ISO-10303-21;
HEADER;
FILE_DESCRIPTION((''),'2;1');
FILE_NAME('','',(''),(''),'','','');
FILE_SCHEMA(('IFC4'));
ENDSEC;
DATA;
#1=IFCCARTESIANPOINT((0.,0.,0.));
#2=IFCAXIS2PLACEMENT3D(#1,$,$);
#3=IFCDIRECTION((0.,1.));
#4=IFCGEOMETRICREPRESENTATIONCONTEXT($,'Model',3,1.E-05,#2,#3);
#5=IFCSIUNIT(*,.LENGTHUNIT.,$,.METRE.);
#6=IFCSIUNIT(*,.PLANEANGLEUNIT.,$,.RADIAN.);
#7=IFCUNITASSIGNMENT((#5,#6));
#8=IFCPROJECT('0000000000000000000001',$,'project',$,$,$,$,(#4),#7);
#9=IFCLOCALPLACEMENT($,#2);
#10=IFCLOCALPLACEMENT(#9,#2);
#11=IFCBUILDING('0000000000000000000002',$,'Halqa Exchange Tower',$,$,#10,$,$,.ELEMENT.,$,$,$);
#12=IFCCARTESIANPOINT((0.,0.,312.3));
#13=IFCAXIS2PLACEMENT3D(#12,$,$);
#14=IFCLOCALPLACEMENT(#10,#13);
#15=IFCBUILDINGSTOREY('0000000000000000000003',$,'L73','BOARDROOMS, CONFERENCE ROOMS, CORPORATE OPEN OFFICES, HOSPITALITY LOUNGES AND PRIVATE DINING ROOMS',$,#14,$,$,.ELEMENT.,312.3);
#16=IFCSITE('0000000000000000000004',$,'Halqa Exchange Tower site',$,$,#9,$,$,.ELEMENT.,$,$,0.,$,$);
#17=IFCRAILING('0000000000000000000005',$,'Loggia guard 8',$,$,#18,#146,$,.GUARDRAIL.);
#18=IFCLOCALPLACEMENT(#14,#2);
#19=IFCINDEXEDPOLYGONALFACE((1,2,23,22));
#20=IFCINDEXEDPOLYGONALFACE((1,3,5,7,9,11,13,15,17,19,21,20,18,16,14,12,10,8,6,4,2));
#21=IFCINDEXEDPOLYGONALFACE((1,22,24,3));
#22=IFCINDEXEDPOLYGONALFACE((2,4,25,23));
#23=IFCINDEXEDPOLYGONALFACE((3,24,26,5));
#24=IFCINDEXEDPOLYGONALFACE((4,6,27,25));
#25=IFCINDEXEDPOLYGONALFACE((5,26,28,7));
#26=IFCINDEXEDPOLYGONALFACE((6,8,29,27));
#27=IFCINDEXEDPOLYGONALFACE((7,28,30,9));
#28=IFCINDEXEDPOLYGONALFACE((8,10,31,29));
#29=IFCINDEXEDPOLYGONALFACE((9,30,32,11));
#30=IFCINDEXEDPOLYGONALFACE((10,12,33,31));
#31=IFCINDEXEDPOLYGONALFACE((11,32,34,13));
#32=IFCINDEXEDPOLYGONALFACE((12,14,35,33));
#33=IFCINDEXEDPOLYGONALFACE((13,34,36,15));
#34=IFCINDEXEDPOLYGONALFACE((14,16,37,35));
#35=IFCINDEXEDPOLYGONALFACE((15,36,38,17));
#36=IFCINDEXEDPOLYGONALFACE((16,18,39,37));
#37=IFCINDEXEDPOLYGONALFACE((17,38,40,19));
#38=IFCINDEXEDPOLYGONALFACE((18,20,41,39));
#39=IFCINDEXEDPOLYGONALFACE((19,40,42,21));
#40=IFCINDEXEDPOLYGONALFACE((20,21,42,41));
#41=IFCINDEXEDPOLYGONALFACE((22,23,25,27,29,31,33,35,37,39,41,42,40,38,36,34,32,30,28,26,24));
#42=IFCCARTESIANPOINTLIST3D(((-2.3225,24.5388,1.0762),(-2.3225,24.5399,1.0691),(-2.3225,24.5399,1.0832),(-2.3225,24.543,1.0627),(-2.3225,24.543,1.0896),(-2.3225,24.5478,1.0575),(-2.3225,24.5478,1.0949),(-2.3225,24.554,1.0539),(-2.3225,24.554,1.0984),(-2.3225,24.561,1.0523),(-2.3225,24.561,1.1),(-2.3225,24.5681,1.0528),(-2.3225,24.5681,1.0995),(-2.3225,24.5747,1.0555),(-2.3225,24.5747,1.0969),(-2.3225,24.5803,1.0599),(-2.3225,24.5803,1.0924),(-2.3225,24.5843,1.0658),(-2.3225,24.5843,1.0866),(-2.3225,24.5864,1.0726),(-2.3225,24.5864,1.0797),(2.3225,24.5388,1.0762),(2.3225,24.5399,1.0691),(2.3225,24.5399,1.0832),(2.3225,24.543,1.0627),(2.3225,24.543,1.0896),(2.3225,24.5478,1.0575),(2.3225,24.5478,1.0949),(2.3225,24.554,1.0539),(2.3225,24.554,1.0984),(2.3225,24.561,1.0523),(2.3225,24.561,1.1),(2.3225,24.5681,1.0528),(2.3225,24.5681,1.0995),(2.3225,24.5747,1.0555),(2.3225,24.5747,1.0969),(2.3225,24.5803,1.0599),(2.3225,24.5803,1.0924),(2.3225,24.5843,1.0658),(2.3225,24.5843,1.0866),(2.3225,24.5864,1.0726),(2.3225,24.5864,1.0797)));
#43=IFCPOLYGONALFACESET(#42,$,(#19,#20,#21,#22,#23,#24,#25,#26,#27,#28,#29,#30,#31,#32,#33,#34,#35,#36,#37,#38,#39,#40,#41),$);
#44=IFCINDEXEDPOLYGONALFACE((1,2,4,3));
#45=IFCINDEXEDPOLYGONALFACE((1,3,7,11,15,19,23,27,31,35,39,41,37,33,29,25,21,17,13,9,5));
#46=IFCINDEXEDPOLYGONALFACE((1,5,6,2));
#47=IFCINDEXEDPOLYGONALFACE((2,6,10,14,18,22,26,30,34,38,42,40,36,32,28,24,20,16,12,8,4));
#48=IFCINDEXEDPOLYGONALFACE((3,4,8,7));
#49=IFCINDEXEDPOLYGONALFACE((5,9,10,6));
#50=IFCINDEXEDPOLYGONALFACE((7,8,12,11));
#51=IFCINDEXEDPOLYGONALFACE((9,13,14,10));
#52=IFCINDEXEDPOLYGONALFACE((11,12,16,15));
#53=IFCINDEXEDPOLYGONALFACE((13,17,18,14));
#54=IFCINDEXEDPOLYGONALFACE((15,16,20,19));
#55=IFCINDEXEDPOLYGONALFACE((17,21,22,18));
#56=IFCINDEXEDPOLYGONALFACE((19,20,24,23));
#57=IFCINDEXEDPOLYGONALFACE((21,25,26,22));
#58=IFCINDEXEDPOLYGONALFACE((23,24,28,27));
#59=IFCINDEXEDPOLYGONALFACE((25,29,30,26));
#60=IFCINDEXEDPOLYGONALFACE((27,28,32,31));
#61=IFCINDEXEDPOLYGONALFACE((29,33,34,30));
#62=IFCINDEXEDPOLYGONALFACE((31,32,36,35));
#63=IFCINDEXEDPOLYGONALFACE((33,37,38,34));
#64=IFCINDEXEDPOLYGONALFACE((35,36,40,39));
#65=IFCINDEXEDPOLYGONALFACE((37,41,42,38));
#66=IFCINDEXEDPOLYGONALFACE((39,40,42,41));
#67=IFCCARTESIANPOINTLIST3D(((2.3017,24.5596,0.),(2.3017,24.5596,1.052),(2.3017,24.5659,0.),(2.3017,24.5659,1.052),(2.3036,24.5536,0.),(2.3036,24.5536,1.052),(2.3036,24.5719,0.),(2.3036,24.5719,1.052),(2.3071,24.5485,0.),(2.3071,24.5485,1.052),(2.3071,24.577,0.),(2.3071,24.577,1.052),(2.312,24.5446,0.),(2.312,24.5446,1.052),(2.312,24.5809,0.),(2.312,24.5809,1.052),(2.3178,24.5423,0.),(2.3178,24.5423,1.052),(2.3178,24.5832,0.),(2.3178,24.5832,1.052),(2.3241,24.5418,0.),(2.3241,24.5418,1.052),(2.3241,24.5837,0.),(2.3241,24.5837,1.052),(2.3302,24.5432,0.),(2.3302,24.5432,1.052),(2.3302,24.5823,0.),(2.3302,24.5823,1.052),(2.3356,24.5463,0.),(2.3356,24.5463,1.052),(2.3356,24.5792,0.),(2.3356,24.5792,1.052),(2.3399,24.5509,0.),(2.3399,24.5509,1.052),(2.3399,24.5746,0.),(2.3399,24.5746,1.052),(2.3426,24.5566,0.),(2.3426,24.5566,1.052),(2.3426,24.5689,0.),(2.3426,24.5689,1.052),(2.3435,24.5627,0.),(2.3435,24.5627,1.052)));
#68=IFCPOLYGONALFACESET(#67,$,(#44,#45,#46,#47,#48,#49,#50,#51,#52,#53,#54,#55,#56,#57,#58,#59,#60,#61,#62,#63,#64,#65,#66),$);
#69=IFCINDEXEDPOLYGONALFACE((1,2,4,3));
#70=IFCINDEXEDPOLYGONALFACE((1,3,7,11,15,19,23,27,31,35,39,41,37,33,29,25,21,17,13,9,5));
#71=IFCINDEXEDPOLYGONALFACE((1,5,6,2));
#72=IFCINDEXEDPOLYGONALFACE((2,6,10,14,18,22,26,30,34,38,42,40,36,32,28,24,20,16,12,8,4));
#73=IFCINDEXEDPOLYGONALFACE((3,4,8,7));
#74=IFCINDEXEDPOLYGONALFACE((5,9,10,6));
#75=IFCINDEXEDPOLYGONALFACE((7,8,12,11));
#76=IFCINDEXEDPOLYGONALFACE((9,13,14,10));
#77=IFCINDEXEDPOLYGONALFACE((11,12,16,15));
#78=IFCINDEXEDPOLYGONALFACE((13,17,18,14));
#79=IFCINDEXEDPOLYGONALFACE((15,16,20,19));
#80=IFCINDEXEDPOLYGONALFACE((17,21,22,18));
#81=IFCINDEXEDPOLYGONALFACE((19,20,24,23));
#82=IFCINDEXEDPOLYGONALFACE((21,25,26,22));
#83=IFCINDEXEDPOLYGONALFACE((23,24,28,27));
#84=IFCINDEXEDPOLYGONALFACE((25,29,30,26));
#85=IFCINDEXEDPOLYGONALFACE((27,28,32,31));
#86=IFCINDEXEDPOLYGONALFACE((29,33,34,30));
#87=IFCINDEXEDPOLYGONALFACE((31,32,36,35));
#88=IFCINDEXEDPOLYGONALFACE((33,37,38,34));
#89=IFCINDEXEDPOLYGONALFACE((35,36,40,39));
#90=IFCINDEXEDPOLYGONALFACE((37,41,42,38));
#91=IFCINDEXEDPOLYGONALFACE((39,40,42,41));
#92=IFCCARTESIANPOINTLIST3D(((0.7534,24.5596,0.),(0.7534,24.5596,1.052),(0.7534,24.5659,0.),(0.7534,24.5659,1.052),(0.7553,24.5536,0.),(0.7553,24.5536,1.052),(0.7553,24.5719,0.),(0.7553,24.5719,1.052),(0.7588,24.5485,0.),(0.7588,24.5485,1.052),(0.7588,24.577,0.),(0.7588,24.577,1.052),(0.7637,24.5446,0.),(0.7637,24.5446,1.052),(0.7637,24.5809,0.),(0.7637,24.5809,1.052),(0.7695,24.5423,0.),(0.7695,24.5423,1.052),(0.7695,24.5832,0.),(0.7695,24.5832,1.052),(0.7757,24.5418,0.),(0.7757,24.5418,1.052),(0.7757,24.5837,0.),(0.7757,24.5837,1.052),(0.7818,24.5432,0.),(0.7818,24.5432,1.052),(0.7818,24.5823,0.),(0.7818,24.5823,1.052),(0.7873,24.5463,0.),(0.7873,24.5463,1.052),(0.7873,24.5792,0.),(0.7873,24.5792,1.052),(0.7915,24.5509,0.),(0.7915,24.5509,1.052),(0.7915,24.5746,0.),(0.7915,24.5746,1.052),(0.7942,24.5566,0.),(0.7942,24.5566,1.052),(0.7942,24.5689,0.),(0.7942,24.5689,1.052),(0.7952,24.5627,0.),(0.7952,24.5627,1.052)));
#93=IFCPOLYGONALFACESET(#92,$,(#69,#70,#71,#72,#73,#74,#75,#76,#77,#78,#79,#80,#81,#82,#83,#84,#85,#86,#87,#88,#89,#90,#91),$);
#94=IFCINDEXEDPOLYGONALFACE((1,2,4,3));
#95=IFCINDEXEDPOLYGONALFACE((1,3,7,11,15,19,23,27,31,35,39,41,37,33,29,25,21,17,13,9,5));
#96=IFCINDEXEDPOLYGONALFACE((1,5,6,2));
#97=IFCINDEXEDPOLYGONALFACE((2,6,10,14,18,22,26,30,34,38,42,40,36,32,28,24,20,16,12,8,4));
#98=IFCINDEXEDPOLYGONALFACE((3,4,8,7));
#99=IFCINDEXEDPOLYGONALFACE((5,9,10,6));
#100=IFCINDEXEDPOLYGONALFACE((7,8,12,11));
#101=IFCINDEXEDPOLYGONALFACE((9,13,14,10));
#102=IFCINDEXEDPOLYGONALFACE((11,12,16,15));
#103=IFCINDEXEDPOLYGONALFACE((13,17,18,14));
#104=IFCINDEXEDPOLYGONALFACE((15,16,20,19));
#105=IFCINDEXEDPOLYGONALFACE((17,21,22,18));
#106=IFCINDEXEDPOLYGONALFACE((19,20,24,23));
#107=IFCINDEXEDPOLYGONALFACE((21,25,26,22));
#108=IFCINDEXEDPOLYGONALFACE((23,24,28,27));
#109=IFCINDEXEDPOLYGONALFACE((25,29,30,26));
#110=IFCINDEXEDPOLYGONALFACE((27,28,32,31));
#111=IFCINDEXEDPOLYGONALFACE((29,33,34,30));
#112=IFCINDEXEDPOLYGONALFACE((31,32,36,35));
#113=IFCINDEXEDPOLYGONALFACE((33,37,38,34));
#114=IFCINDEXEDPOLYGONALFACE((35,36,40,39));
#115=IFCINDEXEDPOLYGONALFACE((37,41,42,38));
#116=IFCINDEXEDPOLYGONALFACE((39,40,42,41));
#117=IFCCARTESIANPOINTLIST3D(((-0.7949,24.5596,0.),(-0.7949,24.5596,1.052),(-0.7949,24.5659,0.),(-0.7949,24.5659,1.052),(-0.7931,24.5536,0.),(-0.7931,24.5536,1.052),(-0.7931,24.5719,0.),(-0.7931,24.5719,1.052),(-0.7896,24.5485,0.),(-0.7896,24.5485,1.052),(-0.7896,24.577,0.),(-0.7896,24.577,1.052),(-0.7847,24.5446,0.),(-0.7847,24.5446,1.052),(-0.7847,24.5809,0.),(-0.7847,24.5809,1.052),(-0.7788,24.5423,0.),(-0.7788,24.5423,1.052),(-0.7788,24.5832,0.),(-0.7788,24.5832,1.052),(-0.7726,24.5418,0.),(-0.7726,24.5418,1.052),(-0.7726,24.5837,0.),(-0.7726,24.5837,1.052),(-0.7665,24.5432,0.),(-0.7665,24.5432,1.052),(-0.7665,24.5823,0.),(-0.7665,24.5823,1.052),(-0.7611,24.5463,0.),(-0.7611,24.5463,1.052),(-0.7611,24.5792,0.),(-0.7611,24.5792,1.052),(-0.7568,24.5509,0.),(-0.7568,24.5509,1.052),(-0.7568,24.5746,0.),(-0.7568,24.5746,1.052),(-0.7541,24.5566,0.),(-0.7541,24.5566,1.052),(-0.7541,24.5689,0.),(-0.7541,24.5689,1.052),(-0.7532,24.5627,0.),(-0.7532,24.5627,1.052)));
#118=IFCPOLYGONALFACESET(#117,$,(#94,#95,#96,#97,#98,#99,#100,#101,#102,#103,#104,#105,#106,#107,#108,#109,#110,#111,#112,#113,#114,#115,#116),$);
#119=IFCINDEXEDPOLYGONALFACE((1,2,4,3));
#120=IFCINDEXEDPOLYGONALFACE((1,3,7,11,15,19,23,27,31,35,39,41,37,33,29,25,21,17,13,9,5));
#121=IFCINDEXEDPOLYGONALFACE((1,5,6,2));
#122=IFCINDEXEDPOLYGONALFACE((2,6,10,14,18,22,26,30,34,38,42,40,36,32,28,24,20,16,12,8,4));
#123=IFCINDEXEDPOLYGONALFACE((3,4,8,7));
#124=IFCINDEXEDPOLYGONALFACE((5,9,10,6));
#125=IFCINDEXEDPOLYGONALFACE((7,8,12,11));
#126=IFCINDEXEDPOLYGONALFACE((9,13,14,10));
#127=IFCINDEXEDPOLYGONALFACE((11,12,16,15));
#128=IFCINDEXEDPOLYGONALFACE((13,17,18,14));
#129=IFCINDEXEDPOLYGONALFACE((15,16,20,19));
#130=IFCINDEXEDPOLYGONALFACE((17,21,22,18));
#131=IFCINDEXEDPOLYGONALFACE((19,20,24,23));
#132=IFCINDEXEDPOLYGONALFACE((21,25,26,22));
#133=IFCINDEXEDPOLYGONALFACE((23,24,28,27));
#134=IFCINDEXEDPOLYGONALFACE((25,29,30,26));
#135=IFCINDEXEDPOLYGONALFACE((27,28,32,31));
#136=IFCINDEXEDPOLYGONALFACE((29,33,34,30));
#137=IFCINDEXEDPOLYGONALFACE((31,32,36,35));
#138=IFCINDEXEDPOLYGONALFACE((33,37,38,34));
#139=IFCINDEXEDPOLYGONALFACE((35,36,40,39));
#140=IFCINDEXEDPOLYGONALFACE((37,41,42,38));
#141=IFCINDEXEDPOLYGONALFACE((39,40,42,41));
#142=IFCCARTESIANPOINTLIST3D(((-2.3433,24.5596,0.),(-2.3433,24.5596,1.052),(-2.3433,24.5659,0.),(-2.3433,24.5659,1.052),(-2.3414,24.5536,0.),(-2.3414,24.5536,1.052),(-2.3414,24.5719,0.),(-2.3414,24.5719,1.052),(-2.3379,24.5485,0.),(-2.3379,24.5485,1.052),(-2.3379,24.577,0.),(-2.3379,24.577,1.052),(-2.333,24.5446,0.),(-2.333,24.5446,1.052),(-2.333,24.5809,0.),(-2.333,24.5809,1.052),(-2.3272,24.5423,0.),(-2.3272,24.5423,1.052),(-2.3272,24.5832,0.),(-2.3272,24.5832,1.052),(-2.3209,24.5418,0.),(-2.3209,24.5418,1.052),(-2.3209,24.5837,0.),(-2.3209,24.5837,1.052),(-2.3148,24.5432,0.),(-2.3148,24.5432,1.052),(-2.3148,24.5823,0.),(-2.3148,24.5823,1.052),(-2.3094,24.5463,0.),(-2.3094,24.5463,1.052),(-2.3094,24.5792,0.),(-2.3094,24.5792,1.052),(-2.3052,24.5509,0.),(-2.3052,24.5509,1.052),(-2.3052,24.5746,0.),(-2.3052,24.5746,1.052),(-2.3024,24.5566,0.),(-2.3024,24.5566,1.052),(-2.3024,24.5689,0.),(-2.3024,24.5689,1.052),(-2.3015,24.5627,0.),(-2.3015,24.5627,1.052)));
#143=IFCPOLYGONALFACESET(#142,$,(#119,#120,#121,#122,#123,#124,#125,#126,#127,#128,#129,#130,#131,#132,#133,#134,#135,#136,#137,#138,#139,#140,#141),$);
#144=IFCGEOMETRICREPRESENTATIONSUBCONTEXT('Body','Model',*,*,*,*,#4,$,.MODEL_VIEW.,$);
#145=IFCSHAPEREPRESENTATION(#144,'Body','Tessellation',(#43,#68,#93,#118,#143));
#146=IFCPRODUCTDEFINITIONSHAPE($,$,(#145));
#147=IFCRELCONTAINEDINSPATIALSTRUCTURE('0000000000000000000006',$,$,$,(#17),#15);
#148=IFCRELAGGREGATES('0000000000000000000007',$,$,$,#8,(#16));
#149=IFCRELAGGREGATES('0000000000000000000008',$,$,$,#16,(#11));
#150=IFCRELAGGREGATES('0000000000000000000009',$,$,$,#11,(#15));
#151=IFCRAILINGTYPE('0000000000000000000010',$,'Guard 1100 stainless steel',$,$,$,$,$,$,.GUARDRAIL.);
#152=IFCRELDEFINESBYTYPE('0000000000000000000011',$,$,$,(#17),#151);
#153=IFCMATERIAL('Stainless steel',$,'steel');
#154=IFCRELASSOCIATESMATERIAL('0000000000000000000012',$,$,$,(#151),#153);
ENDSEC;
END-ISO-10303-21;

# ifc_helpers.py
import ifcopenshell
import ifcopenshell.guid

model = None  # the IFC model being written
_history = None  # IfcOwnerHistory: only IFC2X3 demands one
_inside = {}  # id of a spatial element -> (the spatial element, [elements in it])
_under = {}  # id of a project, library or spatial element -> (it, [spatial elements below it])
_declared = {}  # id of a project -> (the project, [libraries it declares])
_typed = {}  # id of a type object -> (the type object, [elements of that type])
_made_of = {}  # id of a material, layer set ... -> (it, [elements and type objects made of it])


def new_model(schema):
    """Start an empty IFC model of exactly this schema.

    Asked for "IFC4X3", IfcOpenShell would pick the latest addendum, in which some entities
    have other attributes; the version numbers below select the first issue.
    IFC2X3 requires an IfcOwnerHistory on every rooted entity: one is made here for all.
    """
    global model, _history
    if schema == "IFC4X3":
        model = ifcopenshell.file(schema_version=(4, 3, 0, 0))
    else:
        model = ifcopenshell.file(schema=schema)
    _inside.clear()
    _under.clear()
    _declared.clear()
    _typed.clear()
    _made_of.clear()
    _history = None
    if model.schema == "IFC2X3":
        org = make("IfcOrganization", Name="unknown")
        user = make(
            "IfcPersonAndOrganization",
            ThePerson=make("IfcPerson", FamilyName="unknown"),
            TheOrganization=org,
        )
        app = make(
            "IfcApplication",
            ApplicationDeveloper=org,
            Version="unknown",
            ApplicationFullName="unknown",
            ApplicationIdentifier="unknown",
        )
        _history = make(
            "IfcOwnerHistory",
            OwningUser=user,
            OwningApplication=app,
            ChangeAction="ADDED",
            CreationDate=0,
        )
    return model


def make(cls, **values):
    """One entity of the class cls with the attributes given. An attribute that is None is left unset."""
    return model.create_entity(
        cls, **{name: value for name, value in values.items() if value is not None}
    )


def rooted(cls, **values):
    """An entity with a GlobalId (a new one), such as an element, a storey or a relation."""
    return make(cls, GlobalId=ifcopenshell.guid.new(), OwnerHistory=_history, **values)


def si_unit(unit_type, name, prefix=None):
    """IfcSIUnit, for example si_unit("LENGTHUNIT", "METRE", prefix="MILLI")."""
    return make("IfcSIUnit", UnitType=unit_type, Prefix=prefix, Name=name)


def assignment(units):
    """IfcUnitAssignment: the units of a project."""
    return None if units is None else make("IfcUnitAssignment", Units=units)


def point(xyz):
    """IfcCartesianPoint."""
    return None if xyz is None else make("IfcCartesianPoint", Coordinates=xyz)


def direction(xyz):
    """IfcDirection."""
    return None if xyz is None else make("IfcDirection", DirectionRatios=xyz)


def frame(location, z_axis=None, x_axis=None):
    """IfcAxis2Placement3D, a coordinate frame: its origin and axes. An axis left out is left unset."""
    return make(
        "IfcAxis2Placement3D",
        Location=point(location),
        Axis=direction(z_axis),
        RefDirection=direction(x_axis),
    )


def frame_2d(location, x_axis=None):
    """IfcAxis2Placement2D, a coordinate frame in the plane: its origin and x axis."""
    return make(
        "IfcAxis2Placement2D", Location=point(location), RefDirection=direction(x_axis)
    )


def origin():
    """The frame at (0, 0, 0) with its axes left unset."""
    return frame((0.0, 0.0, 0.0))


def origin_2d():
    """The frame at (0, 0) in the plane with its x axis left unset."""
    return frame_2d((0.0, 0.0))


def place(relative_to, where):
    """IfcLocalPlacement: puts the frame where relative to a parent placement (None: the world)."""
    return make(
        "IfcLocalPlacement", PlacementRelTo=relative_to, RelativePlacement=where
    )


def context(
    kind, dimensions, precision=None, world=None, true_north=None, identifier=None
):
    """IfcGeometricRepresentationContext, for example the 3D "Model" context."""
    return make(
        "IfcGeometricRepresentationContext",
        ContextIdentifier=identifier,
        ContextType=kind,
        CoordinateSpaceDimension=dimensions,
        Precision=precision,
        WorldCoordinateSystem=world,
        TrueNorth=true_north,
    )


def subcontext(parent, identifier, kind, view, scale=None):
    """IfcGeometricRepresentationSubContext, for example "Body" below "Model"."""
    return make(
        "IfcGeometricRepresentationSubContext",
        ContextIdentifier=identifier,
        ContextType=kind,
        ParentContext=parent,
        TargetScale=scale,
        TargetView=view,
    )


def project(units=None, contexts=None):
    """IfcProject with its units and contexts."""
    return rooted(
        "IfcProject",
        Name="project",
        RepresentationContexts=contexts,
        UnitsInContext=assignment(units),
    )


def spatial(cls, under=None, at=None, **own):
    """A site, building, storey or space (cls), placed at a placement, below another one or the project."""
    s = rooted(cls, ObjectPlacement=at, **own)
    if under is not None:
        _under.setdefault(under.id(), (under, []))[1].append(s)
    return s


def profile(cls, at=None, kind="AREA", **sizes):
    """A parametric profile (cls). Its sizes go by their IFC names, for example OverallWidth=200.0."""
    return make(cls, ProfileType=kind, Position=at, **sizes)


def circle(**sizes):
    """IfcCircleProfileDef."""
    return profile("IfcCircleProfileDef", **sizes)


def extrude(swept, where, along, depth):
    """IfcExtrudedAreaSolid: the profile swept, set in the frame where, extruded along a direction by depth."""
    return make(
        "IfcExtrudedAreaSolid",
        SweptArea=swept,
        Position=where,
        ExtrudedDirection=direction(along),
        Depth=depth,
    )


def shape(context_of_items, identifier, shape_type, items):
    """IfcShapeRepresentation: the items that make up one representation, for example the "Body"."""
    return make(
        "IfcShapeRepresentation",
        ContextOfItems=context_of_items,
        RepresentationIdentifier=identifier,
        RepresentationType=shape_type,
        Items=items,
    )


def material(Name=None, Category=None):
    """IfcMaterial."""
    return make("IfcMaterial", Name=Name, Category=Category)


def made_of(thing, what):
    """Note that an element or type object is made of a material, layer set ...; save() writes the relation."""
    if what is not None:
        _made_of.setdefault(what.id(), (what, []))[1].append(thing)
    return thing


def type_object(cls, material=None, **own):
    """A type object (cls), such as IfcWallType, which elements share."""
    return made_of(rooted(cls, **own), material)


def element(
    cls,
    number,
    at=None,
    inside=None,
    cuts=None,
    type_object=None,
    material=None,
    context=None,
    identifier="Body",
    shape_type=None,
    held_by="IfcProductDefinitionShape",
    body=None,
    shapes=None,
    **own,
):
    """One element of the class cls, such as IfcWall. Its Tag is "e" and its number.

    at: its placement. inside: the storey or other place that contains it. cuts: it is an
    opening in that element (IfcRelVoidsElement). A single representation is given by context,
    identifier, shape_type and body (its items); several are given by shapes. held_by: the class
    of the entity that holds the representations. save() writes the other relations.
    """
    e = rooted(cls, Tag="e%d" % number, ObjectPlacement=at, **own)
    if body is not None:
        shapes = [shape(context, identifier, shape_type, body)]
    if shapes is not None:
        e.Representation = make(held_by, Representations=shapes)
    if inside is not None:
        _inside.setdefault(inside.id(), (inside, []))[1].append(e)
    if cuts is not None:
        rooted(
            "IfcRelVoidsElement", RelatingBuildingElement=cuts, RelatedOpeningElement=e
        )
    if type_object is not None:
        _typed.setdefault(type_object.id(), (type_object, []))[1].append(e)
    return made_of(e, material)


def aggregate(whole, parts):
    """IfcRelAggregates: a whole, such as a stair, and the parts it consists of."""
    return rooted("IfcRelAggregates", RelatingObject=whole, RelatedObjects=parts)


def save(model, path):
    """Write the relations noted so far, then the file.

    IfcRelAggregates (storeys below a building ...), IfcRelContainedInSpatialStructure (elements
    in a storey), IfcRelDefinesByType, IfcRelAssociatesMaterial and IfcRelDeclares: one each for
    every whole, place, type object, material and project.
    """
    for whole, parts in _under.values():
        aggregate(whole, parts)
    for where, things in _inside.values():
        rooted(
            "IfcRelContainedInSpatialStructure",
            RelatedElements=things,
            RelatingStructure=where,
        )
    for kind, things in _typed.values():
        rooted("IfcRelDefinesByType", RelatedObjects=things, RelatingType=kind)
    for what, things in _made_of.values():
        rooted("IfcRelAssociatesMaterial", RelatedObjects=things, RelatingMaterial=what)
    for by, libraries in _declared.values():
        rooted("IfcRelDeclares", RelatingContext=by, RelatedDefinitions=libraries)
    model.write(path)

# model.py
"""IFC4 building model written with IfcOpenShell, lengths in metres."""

from ifc_helpers import new_model, si_unit, direction, frame, origin, origin_2d, place, context, subcontext, project, spatial, circle, extrude, material, type_object, element, save


model = new_model("IFC4")

# Units and contexts
model_context = context("Model", 3, precision=1e-05, world=origin(), true_north=direction((0.0, 1.0)))
body_context = subcontext(model_context, "Body", "Model", "MODEL_VIEW")
ifc_project = project(units=[si_unit("LENGTHUNIT", "METRE"), si_unit("PLANEANGLEUNIT", "RADIAN")], contexts=[model_context])

# Site, building, storey
site_placement = place(None, origin())
site = spatial("IfcSite", under=ifc_project, at=site_placement, Name="Halqa Exchange Tower site", CompositionType="ELEMENT", RefElevation=0.0)
building_placement = place(site_placement, origin())
building = spatial("IfcBuilding", under=site, at=building_placement, Name="Halqa Exchange Tower", CompositionType="ELEMENT")
storey_placement = place(building_placement, frame((0.0, 0.0, 312.3)))
storey = spatial("IfcBuildingStorey", under=building, at=storey_placement, Name="L73", Description="BOARDROOMS, CONFERENCE ROOMS, CORPORATE OPEN OFFICES, HOSPITALITY LOUNGES AND PRIVATE DINING ROOMS", CompositionType="ELEMENT", Elevation=312.3)

# Railing
ifc_material_1 = material(Name="Stainless steel", Category="steel")
railing_type_1 = type_object("IfcRailingType", Name="Guard 1100 stainless steel", PredefinedType="GUARDRAIL", material=ifc_material_1)
railing_1_placement = place(storey_placement, frame((2.3225, 24.5627, 0.0)))
element("IfcRailing", 1, at=railing_1_placement, inside=storey, type_object=railing_type_1, Name="Loggia guard 8", PredefinedType="GUARDRAIL", context=body_context, shape_type="SweptSolid", body=[
    extrude(circle(Radius=0.0239, at=origin_2d()), frame((0.0, 0.0, 1.0762), z_axis=(-1.0, 0.0, 0.0), x_axis=(0.0, -1.0, 0.0)), (0.0, 0.0, 1.0), 4.645),
    extrude(circle(Radius=0.021, at=origin_2d()), origin(), (0.0, 0.0, 1.0), 1.052),
    extrude(circle(Radius=0.021, at=origin_2d()), frame((-1.5483, 0.0, 0.0)), (0.0, 0.0, 1.0), 1.052),
    extrude(circle(Radius=0.021, at=origin_2d()), frame((-3.0967, 0.0, 0.0)), (0.0, 0.0, 1.0), 1.052),
    extrude(circle(Radius=0.021, at=origin_2d()), frame((-4.645, 0.0, 0.0)), (0.0, 0.0, 1.0), 1.052),
])

save(model, "model.ifc")
